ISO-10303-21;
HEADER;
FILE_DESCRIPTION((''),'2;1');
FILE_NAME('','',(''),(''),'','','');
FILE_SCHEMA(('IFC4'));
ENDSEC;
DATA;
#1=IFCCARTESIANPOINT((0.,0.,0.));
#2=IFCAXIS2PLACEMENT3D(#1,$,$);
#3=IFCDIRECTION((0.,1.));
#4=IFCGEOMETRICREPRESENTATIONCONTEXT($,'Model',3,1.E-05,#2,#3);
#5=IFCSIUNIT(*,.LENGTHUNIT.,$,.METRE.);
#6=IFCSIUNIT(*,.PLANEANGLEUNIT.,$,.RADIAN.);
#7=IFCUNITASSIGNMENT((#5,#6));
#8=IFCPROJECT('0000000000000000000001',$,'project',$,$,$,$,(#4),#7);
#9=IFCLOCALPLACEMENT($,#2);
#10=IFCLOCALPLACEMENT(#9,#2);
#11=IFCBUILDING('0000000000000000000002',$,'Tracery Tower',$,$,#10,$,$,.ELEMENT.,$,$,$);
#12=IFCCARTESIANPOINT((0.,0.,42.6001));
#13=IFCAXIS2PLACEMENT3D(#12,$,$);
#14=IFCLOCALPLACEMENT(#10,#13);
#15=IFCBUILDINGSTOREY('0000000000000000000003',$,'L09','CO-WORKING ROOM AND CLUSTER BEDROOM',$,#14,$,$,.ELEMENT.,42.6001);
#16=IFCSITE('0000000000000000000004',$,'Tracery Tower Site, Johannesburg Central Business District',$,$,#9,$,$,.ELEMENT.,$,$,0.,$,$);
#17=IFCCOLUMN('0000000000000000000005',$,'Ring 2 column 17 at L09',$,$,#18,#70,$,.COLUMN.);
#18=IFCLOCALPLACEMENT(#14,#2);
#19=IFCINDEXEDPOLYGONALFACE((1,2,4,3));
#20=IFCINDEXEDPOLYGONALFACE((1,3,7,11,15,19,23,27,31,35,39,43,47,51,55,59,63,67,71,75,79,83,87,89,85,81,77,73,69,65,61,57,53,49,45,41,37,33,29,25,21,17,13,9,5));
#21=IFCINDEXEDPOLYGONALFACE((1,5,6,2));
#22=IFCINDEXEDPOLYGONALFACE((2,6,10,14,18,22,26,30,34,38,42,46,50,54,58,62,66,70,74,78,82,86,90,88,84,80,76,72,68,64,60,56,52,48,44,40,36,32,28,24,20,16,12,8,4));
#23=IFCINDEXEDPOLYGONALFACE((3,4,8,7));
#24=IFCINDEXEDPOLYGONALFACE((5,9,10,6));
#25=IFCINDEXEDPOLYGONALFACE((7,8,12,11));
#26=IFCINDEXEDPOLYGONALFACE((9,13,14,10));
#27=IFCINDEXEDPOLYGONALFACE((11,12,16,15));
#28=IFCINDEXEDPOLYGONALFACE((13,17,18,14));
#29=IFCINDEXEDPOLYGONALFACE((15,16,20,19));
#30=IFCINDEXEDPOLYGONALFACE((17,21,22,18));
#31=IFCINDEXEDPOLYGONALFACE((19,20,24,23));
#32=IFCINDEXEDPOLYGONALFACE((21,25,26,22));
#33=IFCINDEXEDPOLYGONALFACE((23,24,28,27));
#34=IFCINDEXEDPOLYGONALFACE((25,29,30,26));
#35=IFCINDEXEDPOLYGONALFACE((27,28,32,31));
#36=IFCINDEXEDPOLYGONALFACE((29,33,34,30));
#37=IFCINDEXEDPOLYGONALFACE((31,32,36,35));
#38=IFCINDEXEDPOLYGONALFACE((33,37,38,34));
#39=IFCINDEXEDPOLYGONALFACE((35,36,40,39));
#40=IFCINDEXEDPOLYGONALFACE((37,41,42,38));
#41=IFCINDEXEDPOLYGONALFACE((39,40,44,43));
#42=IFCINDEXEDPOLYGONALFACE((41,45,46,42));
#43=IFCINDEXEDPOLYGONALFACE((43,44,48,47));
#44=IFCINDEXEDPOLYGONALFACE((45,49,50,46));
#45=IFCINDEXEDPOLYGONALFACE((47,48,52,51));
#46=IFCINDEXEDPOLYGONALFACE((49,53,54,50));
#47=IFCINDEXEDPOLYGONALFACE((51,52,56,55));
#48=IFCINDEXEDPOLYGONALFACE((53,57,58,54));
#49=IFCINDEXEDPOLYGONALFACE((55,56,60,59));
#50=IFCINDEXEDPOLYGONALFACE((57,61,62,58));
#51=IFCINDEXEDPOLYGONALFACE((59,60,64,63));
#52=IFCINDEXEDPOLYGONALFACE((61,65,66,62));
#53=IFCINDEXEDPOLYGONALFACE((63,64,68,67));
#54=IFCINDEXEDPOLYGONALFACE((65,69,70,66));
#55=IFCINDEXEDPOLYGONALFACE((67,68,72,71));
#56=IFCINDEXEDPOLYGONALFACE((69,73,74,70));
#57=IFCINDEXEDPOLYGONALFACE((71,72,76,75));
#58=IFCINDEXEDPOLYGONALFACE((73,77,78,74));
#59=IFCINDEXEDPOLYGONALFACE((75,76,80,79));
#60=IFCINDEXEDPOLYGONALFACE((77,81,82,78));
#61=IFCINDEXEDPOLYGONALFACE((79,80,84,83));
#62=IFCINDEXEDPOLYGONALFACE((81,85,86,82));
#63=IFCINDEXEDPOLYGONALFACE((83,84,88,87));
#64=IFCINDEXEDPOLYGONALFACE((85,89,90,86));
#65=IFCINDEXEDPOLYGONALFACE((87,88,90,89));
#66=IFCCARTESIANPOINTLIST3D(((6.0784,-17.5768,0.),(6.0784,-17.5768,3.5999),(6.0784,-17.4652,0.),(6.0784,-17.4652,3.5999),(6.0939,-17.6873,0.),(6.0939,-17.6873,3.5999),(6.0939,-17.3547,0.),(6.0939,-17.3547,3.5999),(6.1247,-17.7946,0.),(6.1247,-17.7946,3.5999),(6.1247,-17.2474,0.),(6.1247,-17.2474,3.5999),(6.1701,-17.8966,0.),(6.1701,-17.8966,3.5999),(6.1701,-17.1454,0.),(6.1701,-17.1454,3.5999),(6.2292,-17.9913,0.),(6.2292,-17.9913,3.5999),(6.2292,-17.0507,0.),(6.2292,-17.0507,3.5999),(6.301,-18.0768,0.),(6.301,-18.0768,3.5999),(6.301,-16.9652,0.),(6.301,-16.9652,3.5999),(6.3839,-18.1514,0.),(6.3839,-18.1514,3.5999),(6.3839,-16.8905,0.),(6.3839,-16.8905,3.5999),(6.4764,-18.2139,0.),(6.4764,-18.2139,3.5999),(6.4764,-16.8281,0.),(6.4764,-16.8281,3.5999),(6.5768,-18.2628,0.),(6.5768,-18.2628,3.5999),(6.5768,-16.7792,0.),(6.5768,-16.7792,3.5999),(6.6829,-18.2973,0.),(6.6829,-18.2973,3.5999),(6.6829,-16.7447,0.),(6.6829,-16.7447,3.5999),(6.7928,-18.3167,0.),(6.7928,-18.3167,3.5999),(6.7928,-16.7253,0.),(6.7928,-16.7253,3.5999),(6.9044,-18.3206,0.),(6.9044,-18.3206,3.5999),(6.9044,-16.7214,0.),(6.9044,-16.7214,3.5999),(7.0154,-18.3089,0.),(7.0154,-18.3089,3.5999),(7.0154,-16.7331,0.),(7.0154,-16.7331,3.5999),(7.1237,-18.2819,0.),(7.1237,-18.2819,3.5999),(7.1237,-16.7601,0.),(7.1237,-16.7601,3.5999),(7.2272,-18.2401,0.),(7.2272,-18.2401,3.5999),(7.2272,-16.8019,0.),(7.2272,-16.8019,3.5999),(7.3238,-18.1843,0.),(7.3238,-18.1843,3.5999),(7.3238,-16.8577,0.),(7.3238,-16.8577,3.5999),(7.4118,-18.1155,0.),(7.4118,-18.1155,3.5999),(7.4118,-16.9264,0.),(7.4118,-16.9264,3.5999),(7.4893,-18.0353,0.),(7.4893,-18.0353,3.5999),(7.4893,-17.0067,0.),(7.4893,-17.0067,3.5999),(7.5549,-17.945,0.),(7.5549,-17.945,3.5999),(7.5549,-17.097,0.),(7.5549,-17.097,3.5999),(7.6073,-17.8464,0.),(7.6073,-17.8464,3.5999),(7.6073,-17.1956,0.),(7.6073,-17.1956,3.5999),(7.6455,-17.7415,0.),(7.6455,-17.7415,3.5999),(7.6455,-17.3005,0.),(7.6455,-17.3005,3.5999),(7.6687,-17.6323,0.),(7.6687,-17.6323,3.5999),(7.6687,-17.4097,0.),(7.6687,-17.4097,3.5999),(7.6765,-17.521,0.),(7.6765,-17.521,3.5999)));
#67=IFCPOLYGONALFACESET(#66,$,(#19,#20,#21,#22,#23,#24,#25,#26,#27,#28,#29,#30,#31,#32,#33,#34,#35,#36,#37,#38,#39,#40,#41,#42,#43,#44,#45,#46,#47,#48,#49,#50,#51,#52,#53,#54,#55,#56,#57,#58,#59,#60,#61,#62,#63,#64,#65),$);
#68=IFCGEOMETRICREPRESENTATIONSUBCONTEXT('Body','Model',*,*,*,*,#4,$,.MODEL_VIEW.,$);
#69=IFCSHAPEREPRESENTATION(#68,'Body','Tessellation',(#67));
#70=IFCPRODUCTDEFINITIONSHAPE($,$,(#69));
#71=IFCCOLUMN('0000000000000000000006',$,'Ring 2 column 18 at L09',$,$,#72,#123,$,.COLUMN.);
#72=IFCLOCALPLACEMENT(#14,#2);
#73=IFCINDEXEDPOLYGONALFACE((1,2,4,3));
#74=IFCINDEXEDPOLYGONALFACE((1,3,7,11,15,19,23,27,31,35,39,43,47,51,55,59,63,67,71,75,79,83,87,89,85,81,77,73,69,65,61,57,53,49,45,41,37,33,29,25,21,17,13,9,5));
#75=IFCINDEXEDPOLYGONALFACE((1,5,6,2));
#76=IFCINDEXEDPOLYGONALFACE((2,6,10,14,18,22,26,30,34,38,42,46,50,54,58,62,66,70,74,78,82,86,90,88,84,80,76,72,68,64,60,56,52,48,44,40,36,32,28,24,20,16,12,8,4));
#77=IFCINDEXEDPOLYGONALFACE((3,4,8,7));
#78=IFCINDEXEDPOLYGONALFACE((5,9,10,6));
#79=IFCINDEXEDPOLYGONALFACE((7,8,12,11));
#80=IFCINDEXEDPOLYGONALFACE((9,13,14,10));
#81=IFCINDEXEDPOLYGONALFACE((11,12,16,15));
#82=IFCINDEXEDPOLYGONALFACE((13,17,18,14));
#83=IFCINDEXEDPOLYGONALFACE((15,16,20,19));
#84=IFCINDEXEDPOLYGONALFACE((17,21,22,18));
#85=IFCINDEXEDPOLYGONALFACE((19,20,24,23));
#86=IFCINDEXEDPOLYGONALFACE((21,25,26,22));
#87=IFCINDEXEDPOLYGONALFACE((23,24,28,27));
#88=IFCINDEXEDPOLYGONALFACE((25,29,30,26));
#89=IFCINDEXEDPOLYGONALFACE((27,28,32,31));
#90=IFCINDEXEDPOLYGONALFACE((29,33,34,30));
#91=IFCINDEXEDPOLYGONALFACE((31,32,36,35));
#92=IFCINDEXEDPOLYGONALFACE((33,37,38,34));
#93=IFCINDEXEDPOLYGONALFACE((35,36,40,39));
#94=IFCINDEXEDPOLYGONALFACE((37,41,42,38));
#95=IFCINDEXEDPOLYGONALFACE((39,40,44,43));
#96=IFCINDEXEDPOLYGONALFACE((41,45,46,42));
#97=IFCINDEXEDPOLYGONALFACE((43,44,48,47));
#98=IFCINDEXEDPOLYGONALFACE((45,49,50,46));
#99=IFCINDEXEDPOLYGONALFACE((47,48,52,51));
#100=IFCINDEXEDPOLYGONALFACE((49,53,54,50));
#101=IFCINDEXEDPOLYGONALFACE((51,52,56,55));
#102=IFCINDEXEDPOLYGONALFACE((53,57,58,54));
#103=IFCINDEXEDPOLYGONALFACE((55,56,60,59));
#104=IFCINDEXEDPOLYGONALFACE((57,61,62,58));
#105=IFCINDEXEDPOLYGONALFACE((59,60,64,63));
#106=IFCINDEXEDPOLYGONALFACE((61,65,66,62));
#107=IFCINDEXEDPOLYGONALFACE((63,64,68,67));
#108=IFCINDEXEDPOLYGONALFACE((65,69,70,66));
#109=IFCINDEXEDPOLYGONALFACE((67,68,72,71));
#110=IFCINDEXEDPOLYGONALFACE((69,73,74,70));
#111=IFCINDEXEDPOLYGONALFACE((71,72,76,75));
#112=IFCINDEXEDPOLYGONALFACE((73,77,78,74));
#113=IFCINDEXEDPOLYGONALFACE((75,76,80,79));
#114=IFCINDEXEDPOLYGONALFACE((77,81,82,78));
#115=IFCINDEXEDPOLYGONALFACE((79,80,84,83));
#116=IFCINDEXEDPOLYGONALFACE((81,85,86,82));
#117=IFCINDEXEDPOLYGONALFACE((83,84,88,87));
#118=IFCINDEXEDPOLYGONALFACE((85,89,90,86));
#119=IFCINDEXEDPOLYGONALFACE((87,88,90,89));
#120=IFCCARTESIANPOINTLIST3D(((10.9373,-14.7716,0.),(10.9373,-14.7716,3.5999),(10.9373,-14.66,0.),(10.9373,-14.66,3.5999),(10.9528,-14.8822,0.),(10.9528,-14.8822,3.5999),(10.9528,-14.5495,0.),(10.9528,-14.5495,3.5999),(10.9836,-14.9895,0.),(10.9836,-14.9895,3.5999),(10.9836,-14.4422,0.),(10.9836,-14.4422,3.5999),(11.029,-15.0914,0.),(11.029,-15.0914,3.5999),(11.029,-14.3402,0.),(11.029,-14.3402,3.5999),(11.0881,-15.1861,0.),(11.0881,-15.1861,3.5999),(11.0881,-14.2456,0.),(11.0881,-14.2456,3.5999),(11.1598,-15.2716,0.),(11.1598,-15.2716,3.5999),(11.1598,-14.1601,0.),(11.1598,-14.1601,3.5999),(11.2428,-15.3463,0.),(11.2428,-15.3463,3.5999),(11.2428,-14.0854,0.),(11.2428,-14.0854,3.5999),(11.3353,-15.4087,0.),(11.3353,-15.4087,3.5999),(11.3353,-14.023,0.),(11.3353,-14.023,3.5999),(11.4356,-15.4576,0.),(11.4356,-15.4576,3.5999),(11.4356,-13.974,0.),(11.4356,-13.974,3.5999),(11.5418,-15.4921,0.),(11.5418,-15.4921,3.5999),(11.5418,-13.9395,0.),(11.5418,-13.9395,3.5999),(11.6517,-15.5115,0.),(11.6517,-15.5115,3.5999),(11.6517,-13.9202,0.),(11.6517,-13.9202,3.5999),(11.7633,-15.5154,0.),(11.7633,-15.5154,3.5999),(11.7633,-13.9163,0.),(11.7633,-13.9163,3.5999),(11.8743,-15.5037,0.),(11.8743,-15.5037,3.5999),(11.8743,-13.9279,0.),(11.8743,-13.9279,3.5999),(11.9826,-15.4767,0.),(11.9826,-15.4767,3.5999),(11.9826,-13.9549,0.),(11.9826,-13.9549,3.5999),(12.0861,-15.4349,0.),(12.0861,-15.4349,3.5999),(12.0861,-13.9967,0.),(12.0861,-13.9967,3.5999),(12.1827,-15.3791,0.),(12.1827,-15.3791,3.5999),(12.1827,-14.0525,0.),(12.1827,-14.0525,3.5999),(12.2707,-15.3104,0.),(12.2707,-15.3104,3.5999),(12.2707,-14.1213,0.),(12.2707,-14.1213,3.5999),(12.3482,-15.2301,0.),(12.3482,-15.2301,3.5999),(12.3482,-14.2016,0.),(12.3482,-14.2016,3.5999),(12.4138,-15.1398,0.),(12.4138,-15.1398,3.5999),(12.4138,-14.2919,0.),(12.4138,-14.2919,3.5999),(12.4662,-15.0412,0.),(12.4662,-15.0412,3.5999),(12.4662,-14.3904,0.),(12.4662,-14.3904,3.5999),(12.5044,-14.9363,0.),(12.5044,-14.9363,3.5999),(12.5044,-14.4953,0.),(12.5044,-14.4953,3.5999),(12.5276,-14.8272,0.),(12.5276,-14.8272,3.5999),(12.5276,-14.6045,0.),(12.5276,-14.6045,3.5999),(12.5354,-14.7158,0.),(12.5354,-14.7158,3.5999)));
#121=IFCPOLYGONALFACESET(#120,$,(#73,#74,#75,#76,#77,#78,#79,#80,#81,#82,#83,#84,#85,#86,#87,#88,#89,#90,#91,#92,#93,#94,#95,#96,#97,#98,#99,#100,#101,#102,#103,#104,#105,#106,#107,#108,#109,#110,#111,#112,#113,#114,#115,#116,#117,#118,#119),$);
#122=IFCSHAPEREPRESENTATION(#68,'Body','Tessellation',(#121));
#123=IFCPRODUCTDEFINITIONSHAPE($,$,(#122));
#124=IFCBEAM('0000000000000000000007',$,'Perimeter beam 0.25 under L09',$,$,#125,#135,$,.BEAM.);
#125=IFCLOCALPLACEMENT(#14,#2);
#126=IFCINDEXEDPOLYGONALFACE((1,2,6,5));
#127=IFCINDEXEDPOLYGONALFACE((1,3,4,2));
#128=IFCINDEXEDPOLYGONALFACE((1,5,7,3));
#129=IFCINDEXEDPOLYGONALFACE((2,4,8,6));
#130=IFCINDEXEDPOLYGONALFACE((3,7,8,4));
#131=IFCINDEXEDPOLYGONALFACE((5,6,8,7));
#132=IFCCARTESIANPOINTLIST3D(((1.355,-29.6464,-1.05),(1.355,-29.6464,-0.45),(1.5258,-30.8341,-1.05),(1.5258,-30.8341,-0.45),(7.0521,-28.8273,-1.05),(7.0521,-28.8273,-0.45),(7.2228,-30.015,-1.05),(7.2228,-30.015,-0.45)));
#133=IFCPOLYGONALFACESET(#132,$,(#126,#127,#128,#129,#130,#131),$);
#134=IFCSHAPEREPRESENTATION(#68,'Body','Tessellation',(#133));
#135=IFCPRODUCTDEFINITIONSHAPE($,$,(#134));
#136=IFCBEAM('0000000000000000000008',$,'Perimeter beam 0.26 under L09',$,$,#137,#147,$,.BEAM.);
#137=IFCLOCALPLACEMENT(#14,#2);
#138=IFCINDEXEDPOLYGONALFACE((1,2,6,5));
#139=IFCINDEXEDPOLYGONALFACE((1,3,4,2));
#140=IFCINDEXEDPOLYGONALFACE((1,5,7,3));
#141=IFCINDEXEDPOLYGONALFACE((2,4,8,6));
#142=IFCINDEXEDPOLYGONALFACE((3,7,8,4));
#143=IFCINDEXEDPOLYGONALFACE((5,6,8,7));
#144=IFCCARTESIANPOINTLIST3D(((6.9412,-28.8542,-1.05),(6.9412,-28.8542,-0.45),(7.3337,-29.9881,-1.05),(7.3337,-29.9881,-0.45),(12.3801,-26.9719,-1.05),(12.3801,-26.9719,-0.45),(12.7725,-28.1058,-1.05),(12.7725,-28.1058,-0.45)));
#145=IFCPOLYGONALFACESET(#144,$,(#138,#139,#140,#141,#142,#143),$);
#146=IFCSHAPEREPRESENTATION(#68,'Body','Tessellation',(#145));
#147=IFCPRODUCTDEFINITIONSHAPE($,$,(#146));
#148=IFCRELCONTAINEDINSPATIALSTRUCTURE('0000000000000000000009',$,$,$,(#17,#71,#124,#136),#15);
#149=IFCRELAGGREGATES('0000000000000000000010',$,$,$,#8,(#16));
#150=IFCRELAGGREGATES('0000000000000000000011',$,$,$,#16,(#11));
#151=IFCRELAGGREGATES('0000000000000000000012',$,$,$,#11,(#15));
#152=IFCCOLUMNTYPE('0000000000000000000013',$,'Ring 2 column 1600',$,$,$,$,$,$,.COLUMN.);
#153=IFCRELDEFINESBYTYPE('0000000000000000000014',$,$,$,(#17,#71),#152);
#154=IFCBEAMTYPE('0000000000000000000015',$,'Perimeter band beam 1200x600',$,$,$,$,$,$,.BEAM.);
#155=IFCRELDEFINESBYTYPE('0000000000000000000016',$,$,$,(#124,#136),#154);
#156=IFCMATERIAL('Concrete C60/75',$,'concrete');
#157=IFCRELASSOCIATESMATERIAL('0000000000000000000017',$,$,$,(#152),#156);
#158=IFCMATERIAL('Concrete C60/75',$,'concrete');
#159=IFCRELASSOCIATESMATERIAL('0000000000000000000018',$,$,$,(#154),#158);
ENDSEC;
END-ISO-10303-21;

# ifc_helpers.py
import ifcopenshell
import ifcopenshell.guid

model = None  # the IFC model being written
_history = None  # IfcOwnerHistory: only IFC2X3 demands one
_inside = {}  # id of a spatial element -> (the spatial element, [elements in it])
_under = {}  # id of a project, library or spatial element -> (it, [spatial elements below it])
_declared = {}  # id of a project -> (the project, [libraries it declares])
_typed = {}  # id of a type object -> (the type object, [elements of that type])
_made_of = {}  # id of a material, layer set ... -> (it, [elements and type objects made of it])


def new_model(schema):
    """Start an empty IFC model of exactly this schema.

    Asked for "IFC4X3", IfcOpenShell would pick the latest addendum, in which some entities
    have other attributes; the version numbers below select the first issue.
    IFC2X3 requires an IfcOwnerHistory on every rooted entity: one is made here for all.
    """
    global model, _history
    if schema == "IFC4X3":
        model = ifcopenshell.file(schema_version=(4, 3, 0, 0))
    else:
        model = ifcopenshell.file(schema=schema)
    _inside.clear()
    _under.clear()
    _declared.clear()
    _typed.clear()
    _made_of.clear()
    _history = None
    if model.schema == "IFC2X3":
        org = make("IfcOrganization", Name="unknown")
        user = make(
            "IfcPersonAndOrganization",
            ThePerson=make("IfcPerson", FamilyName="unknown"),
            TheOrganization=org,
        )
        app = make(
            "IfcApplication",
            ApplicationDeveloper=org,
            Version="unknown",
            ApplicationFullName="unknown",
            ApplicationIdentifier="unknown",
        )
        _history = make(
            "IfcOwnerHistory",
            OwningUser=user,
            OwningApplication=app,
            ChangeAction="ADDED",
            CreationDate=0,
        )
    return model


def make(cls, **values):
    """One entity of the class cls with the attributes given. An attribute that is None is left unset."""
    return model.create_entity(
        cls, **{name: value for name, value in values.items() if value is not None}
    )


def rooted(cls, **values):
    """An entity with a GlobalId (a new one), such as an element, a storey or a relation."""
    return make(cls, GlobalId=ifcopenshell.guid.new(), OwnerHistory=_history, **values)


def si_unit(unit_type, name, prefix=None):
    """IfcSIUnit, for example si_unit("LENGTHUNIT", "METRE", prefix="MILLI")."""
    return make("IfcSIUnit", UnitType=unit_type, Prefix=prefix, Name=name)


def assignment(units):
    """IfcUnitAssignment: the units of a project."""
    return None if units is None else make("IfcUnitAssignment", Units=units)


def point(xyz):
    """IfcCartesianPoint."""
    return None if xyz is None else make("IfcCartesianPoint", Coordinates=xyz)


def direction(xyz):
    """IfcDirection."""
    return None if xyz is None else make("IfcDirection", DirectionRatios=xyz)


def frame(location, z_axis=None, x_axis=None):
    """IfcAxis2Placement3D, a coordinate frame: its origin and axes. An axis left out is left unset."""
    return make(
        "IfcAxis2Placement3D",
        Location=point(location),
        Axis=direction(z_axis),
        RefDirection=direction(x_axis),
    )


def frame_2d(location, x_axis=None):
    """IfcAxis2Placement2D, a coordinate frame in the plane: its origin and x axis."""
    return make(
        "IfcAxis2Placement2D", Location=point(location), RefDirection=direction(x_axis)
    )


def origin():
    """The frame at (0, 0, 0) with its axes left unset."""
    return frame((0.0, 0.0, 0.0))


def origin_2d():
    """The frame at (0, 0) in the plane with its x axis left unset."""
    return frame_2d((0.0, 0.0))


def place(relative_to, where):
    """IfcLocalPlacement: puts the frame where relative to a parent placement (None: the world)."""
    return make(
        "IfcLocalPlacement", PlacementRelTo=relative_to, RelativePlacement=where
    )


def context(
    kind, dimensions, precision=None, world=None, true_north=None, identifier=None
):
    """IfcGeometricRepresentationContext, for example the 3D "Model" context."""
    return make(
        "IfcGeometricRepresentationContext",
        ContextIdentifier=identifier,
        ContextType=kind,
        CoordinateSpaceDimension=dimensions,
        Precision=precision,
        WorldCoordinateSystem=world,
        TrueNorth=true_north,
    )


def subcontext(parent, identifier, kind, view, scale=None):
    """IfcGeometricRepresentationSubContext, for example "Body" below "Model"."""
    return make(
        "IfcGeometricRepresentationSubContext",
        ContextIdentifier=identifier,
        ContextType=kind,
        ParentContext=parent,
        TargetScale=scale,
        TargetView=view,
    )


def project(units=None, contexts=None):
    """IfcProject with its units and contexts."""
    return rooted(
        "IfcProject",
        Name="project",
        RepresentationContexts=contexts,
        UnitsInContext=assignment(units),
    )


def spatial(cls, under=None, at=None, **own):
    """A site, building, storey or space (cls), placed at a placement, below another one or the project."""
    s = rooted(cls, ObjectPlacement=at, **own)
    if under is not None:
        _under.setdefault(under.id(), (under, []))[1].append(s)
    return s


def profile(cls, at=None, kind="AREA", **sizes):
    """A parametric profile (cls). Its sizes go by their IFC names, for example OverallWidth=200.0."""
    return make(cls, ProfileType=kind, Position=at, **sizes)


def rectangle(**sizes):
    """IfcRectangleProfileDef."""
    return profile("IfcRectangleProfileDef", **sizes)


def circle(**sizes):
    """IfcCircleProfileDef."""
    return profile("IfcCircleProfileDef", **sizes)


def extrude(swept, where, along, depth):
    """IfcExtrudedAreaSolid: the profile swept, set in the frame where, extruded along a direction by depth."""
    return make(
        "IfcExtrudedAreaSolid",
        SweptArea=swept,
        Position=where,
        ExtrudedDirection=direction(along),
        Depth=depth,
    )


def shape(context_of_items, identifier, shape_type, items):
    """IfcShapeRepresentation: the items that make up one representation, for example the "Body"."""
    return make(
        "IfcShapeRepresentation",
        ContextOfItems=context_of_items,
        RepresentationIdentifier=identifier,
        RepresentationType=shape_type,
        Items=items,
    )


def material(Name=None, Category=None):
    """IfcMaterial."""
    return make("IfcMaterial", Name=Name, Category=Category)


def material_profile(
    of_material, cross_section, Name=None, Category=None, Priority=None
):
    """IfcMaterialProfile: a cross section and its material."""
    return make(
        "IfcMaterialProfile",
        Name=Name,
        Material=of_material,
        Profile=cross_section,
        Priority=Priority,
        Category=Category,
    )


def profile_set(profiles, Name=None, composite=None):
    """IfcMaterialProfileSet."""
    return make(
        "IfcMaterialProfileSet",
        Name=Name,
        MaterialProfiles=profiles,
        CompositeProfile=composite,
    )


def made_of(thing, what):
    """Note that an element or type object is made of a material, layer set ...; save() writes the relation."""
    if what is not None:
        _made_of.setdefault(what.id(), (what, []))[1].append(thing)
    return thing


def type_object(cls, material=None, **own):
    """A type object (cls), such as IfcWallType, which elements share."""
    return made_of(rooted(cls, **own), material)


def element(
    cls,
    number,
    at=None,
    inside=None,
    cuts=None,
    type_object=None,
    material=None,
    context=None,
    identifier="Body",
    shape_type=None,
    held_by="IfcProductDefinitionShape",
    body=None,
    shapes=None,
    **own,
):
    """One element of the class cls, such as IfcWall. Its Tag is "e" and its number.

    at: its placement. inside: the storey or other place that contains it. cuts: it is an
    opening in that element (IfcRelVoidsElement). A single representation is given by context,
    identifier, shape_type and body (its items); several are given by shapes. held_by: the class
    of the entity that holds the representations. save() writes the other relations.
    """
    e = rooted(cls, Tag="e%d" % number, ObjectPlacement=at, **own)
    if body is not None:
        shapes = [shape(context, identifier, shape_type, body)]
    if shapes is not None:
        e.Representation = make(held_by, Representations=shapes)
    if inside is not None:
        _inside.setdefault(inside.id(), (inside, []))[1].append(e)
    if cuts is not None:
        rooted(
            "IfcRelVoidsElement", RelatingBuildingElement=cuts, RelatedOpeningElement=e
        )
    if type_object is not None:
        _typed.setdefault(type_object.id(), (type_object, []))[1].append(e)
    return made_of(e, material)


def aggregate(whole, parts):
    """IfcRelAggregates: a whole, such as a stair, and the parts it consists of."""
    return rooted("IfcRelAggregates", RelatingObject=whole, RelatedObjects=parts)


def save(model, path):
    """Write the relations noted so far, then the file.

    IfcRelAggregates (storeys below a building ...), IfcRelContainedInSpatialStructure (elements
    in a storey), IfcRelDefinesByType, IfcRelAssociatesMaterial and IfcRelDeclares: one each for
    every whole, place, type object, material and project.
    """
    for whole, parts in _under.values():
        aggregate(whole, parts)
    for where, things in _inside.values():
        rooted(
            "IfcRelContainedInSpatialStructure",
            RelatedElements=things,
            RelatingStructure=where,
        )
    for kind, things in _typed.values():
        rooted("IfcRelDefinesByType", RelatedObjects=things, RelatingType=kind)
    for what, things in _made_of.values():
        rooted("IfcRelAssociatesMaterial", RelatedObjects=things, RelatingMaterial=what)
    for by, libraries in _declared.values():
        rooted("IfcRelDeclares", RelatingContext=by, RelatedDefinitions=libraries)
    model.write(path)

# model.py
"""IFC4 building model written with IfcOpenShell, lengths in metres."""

from ifc_helpers import new_model, si_unit, direction, frame, origin, origin_2d, place, context, subcontext, project, spatial, rectangle, circle, extrude, material, material_profile, profile_set, type_object, element, save


model = new_model("IFC4")

# Units and contexts
model_context = context("Model", 3, precision=1e-05, world=origin(), true_north=direction((0.0, 1.0)))
body_context = subcontext(model_context, "Body", "Model", "MODEL_VIEW")
ifc_project = project(units=[si_unit("LENGTHUNIT", "METRE"), si_unit("PLANEANGLEUNIT", "RADIAN")], contexts=[model_context])

# Site, building, storey
site_placement = place(None, origin())
site = spatial("IfcSite", under=ifc_project, at=site_placement, Name="Tracery Tower Site, Johannesburg Central Business District", CompositionType="ELEMENT", RefElevation=0.0)
building_placement = place(site_placement, origin())
building = spatial("IfcBuilding", under=site, at=building_placement, Name="Tracery Tower", CompositionType="ELEMENT")
storey_placement = place(building_placement, frame((0.0, 0.0, 42.6001)))
storey = spatial("IfcBuildingStorey", under=building, at=storey_placement, Name="L09", Description="CO-WORKING ROOM AND CLUSTER BEDROOM", CompositionType="ELEMENT", Elevation=42.6001)

# Columns
ifc_material_1 = material(Name="Concrete C60/75", Category="concrete")
ifc_material_profile_1 = material_profile(ifc_material_1, circle(Radius=0.8, at=origin_2d()), Name="RC D1600")
ifc_profile_set_1 = profile_set([ifc_material_profile_1], Name="Concrete C60/75")
column_type_1 = type_object("IfcColumnType", Name="Ring 2 column 1600", PredefinedType="COLUMN", material=ifc_profile_set_1)
for number, where, z_axis, x_axis, name in (
    (1, (6.8765, -17.521, 0.0), (0.0, 0.0, 1.0), (1.0, 0.0, 0.0), "Ring 2 column 17 at L09"),
    (2, (11.7354, -14.7158, 0.0), (0.0, 0.0, 1.0), (1.0, 0.0, 0.0), "Ring 2 column 18 at L09"),
):
    element("IfcColumn", number, at=place(storey_placement, frame(where, z_axis=z_axis, x_axis=x_axis)), inside=storey, type_object=column_type_1, Name=name, PredefinedType="COLUMN", context=body_context, shape_type="SweptSolid", body=[
        extrude(circle(Radius=0.8, at=origin_2d()), origin(), (0.0, 0.0, 1.0), 3.5999),
    ])

# Beams
ifc_material_2 = material(Name="Concrete C60/75", Category="concrete")
ifc_material_profile_2 = material_profile(ifc_material_2, rectangle(XDim=1.2, YDim=0.6001, at=origin_2d()), Name="RC 1200x600")
ifc_profile_set_2 = profile_set([ifc_material_profile_2], Name="Concrete C60/75")
beam_type = type_object("IfcBeamType", Name="Perimeter band beam 1200x600", PredefinedType="BEAM", material=ifc_profile_set_2)
beam_1_placement = place(storey_placement, frame((1.4404, -30.2402, -0.75), z_axis=(0.989822, 0.142312, 0.0), x_axis=(-0.142312, 0.989822, 0.0)))
element("IfcBeam", 3, at=beam_1_placement, inside=storey, type_object=beam_type, Name="Perimeter beam 0.25 under L09", PredefinedType="BEAM", context=body_context, shape_type="SweptSolid", body=[
    extrude(rectangle(XDim=1.2, YDim=0.6001, at=origin_2d()), origin(), (0.0, 0.0, 1.0), 5.7556),
])
beam_2_placement = place(storey_placement, frame((7.1375, -29.4211, -0.75), z_axis=(0.945007, 0.327049, 0.0), x_axis=(-0.327049, 0.945007, 0.0)))
element("IfcBeam", 4, at=beam_2_placement, inside=storey, type_object=beam_type, Name="Perimeter beam 0.26 under L09", PredefinedType="BEAM", context=body_context, shape_type="SweptSolid", body=[
    extrude(rectangle(XDim=1.2, YDim=0.6001, at=origin_2d()), origin(), (0.0, 0.0, 1.0), 5.7554),
])

save(model, "model.ifc")
